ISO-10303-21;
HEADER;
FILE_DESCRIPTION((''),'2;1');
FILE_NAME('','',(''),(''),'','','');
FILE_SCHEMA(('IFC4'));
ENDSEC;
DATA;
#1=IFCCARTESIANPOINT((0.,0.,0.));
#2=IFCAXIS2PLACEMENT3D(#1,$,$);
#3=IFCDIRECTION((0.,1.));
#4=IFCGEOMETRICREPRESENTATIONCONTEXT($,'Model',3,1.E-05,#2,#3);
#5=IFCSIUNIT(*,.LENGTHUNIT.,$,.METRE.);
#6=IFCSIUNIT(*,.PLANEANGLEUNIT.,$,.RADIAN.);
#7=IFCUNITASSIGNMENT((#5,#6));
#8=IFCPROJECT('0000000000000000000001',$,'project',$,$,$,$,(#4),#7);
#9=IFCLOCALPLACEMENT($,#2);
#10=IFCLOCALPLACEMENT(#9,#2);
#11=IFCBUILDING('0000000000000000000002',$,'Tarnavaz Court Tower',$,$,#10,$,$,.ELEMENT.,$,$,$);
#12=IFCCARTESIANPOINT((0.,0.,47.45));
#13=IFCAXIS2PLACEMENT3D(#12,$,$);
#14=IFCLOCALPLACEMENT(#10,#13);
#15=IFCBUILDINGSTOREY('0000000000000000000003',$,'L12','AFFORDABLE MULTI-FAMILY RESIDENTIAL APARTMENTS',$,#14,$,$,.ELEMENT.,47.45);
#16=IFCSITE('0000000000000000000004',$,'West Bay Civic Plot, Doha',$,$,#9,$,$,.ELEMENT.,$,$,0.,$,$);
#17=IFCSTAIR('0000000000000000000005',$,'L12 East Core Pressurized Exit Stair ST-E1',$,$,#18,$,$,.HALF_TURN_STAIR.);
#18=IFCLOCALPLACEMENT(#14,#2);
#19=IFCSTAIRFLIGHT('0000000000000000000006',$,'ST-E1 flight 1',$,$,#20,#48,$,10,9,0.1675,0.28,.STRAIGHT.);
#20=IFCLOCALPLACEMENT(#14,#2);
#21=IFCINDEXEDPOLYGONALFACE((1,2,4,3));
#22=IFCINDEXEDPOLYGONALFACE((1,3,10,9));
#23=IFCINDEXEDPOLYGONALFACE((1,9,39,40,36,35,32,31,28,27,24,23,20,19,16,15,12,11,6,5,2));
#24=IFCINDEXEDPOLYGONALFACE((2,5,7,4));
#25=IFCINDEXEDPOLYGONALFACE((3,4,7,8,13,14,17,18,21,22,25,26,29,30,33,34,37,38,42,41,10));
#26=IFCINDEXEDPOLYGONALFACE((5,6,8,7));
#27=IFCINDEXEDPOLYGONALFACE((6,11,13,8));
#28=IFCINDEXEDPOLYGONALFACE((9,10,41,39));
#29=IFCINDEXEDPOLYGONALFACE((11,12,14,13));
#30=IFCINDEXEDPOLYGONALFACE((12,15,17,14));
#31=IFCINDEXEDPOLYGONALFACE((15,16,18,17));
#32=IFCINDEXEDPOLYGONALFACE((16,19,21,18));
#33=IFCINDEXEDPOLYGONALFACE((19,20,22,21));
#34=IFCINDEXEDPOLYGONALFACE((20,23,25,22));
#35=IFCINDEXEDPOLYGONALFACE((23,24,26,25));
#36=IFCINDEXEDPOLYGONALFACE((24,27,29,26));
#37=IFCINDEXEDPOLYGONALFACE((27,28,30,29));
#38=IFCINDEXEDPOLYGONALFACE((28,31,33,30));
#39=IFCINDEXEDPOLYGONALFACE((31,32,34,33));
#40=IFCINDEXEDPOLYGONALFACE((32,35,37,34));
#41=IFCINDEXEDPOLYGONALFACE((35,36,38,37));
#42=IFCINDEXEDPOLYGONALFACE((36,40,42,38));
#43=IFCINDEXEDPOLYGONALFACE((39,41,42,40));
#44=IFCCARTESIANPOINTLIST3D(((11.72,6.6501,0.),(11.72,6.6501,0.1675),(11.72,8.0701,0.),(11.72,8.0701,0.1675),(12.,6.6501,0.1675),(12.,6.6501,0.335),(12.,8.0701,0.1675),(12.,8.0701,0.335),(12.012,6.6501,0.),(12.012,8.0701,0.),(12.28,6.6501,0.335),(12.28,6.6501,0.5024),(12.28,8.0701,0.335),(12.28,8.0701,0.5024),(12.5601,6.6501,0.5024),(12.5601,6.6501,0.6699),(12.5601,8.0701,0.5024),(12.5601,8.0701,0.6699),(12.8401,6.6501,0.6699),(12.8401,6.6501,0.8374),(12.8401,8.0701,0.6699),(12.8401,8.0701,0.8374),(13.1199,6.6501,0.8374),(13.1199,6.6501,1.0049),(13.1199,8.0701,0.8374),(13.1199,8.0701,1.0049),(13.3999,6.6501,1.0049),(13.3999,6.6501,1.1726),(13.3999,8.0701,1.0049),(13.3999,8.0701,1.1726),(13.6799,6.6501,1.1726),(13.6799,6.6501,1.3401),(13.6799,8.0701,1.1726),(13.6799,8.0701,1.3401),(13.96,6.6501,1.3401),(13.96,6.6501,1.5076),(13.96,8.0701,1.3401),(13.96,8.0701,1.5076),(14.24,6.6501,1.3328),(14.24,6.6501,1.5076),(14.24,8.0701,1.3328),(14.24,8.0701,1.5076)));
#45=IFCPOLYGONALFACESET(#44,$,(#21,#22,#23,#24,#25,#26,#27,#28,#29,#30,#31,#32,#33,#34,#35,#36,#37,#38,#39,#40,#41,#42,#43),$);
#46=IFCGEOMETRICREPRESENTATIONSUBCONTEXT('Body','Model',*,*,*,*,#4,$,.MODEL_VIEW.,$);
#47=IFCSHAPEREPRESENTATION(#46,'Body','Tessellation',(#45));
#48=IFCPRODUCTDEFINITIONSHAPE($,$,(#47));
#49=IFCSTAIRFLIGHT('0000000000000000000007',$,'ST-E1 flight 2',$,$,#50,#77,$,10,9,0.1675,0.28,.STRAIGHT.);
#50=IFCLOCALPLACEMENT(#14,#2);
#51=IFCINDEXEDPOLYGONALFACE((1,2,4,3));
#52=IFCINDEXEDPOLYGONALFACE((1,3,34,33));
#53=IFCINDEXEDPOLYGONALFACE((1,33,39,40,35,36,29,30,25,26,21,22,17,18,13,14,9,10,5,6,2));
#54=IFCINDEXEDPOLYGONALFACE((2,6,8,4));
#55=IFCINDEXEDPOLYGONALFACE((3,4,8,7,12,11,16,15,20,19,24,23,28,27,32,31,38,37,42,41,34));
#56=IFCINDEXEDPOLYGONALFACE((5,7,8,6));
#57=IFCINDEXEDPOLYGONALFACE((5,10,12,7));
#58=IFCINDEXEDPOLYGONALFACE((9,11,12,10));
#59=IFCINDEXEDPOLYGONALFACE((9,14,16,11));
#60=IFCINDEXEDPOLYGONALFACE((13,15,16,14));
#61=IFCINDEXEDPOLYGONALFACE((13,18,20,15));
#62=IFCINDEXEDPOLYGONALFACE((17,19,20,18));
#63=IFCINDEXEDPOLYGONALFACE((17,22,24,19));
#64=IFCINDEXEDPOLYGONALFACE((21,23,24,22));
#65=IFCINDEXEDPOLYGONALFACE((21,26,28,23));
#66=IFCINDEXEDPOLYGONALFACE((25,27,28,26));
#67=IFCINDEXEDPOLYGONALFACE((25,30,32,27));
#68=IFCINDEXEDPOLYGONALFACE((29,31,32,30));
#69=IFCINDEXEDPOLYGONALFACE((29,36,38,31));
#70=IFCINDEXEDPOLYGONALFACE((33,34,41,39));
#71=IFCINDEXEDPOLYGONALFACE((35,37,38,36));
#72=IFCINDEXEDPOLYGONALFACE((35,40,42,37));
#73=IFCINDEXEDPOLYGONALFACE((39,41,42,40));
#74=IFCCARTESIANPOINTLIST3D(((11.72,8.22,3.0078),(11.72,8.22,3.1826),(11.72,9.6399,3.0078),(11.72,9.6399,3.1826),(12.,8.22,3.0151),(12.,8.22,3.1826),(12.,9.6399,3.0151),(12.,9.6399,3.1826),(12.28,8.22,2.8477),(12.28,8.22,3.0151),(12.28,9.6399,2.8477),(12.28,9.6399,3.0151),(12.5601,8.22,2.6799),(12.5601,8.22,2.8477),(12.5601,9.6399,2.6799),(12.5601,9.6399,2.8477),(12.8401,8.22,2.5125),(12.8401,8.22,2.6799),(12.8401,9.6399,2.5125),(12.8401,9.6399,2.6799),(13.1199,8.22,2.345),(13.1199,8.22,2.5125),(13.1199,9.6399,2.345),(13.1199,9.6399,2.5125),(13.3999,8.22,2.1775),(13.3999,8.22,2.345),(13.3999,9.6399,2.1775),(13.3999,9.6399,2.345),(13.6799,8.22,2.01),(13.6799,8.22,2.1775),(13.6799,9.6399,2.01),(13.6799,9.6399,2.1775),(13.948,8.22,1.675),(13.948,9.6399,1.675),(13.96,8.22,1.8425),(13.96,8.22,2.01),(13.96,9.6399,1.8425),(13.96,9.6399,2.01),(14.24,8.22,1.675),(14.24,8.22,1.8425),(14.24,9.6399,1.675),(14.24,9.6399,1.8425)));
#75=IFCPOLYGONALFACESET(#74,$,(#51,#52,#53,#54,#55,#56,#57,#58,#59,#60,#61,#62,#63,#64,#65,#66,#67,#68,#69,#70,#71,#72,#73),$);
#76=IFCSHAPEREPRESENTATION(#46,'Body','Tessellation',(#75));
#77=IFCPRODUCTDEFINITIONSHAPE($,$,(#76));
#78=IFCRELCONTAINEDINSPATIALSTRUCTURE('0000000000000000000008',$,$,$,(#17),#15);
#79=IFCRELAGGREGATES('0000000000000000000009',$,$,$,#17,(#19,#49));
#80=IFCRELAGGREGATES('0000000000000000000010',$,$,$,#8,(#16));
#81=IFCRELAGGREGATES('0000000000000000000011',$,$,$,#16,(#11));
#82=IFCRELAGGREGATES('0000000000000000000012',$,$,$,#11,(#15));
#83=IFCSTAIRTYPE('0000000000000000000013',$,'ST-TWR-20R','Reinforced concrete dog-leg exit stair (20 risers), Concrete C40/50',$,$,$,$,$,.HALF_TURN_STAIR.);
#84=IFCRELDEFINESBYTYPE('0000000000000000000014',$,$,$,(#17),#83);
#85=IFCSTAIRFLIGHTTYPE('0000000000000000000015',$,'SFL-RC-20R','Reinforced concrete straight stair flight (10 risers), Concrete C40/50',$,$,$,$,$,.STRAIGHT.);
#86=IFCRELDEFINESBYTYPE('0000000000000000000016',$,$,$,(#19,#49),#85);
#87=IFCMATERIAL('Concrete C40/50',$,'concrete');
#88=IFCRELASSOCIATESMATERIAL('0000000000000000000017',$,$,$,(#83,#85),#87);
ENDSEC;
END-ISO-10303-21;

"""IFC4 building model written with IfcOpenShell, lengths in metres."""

from ifc_helpers import new_model, si_unit, direction, frame, origin, place, context, subcontext, project, spatial, polyline, outline, extrude, material, type_object, element, aggregate, save


model = new_model("IFC4")

# Units and contexts
model_context = context("Model", 3, precision=1e-05, world=origin(), true_north=direction((0.0, 1.0)))
body_context = subcontext(model_context, "Body", "Model", "MODEL_VIEW")
ifc_project = project(units=[si_unit("LENGTHUNIT", "METRE"), si_unit("PLANEANGLEUNIT", "RADIAN")], contexts=[model_context])

# Site, building, storey
site_placement = place(None, origin())
site = spatial("IfcSite", under=ifc_project, at=site_placement, Name="West Bay Civic Plot, Doha", CompositionType="ELEMENT", RefElevation=0.0)
building_placement = place(site_placement, origin())
building = spatial("IfcBuilding", under=site, at=building_placement, Name="Tarnavaz Court Tower", CompositionType="ELEMENT")
storey_placement = place(building_placement, frame((0.0, 0.0, 47.45)))
storey = spatial("IfcBuildingStorey", under=building, at=storey_placement, Name="L12", Description="AFFORDABLE MULTI-FAMILY RESIDENTIAL APARTMENTS", CompositionType="ELEMENT", Elevation=47.45)

# Stair, stair flights
ifc_material_1 = material(Name="Concrete C40/50", Category="concrete")
stair_type = type_object("IfcStairType", Name="ST-TWR-20R", Description="Reinforced concrete dog-leg exit stair (20 risers), Concrete C40/50", PredefinedType="HALF_TURN_STAIR", material=ifc_material_1)
stair_placement = place(storey_placement, origin())
stair = element("IfcStair", 1, at=stair_placement, inside=storey, type_object=stair_type, Name="L12 East Core Pressurized Exit Stair ST-E1", PredefinedType="HALF_TURN_STAIR")
stair_flight_type = type_object("IfcStairFlightType", Name="SFL-RC-20R", Description="Reinforced concrete straight stair flight (10 risers), Concrete C40/50", PredefinedType="STRAIGHT", material=ifc_material_1)
stair_flight_1_placement = place(storey_placement, frame((11.72, 7.3601, 0.0), z_axis=(0.0, 0.0, 1.0), x_axis=(1.0, 0.0, 0.0)))
stair_flight_1 = element("IfcStairFlight", 2, at=stair_flight_1_placement, type_object=stair_flight_type, Name="ST-E1 flight 1", NumberOfRisers=10, NumberOfTreads=9, PredefinedType="STRAIGHT", RiserHeight=0.1675, TreadLength=0.28, context=body_context, shape_type="SweptSolid", body=[
    extrude(outline(polyline([(0.0, 0.0), (0.0, 0.1675), (0.28, 0.1675), (0.28, 0.335), (0.5601, 0.335), (0.5601, 0.5024), (0.8401, 0.5024), (0.8401, 0.6699), (1.1201, 0.6699), (1.1201, 0.8374), (1.3999, 0.8374), (1.3999, 1.0049), (1.6799, 1.0049), (1.6799, 1.1726), (1.96, 1.1726), (1.96, 1.3401), (2.24, 1.3401), (2.24, 1.5076), (2.52, 1.5076), (2.52, 1.675), (2.52, 1.3328), (0.292, 0.0), (0.0, 0.0)])), frame((0.0, 0.71, 0.0), z_axis=(0.0, -1.0, 0.0), x_axis=(1.0, 0.0, 0.0)), (0.0, 0.0, 1.0), 1.4199),
])
stair_flight_2_placement = place(storey_placement, frame((14.24, 8.9299, 1.675), z_axis=(0.0, 0.0, 1.0), x_axis=(-1.0, 0.0, 0.0)))
stair_flight_2 = element("IfcStairFlight", 3, at=stair_flight_2_placement, type_object=stair_flight_type, Name="ST-E1 flight 2", NumberOfRisers=10, NumberOfTreads=9, PredefinedType="STRAIGHT", RiserHeight=0.1675, TreadLength=0.28, context=body_context, shape_type="SweptSolid", body=[
    extrude(outline(polyline([(0.0, 0.0), (0.0, 0.1675), (0.28, 0.1675), (0.28, 0.335), (0.5601, 0.335), (0.5601, 0.5024), (0.8401, 0.5024), (0.8401, 0.6699), (1.1201, 0.6699), (1.1201, 0.8374), (1.3999, 0.8374), (1.3999, 1.0049), (1.6799, 1.0049), (1.6799, 1.1726), (1.96, 1.1726), (1.96, 1.3401), (2.24, 1.3401), (2.24, 1.5076), (2.52, 1.5076), (2.52, 1.675), (2.52, 1.3328), (0.292, 0.0), (0.0, 0.0)])), frame((0.0, 0.71, 0.0), z_axis=(0.0, -1.0, 0.0), x_axis=(1.0, 0.0, 0.0)), (0.0, 0.0, 1.0), 1.4199),
])
aggregate(stair, [stair_flight_1, stair_flight_2])

save(model, "model.ifc")
